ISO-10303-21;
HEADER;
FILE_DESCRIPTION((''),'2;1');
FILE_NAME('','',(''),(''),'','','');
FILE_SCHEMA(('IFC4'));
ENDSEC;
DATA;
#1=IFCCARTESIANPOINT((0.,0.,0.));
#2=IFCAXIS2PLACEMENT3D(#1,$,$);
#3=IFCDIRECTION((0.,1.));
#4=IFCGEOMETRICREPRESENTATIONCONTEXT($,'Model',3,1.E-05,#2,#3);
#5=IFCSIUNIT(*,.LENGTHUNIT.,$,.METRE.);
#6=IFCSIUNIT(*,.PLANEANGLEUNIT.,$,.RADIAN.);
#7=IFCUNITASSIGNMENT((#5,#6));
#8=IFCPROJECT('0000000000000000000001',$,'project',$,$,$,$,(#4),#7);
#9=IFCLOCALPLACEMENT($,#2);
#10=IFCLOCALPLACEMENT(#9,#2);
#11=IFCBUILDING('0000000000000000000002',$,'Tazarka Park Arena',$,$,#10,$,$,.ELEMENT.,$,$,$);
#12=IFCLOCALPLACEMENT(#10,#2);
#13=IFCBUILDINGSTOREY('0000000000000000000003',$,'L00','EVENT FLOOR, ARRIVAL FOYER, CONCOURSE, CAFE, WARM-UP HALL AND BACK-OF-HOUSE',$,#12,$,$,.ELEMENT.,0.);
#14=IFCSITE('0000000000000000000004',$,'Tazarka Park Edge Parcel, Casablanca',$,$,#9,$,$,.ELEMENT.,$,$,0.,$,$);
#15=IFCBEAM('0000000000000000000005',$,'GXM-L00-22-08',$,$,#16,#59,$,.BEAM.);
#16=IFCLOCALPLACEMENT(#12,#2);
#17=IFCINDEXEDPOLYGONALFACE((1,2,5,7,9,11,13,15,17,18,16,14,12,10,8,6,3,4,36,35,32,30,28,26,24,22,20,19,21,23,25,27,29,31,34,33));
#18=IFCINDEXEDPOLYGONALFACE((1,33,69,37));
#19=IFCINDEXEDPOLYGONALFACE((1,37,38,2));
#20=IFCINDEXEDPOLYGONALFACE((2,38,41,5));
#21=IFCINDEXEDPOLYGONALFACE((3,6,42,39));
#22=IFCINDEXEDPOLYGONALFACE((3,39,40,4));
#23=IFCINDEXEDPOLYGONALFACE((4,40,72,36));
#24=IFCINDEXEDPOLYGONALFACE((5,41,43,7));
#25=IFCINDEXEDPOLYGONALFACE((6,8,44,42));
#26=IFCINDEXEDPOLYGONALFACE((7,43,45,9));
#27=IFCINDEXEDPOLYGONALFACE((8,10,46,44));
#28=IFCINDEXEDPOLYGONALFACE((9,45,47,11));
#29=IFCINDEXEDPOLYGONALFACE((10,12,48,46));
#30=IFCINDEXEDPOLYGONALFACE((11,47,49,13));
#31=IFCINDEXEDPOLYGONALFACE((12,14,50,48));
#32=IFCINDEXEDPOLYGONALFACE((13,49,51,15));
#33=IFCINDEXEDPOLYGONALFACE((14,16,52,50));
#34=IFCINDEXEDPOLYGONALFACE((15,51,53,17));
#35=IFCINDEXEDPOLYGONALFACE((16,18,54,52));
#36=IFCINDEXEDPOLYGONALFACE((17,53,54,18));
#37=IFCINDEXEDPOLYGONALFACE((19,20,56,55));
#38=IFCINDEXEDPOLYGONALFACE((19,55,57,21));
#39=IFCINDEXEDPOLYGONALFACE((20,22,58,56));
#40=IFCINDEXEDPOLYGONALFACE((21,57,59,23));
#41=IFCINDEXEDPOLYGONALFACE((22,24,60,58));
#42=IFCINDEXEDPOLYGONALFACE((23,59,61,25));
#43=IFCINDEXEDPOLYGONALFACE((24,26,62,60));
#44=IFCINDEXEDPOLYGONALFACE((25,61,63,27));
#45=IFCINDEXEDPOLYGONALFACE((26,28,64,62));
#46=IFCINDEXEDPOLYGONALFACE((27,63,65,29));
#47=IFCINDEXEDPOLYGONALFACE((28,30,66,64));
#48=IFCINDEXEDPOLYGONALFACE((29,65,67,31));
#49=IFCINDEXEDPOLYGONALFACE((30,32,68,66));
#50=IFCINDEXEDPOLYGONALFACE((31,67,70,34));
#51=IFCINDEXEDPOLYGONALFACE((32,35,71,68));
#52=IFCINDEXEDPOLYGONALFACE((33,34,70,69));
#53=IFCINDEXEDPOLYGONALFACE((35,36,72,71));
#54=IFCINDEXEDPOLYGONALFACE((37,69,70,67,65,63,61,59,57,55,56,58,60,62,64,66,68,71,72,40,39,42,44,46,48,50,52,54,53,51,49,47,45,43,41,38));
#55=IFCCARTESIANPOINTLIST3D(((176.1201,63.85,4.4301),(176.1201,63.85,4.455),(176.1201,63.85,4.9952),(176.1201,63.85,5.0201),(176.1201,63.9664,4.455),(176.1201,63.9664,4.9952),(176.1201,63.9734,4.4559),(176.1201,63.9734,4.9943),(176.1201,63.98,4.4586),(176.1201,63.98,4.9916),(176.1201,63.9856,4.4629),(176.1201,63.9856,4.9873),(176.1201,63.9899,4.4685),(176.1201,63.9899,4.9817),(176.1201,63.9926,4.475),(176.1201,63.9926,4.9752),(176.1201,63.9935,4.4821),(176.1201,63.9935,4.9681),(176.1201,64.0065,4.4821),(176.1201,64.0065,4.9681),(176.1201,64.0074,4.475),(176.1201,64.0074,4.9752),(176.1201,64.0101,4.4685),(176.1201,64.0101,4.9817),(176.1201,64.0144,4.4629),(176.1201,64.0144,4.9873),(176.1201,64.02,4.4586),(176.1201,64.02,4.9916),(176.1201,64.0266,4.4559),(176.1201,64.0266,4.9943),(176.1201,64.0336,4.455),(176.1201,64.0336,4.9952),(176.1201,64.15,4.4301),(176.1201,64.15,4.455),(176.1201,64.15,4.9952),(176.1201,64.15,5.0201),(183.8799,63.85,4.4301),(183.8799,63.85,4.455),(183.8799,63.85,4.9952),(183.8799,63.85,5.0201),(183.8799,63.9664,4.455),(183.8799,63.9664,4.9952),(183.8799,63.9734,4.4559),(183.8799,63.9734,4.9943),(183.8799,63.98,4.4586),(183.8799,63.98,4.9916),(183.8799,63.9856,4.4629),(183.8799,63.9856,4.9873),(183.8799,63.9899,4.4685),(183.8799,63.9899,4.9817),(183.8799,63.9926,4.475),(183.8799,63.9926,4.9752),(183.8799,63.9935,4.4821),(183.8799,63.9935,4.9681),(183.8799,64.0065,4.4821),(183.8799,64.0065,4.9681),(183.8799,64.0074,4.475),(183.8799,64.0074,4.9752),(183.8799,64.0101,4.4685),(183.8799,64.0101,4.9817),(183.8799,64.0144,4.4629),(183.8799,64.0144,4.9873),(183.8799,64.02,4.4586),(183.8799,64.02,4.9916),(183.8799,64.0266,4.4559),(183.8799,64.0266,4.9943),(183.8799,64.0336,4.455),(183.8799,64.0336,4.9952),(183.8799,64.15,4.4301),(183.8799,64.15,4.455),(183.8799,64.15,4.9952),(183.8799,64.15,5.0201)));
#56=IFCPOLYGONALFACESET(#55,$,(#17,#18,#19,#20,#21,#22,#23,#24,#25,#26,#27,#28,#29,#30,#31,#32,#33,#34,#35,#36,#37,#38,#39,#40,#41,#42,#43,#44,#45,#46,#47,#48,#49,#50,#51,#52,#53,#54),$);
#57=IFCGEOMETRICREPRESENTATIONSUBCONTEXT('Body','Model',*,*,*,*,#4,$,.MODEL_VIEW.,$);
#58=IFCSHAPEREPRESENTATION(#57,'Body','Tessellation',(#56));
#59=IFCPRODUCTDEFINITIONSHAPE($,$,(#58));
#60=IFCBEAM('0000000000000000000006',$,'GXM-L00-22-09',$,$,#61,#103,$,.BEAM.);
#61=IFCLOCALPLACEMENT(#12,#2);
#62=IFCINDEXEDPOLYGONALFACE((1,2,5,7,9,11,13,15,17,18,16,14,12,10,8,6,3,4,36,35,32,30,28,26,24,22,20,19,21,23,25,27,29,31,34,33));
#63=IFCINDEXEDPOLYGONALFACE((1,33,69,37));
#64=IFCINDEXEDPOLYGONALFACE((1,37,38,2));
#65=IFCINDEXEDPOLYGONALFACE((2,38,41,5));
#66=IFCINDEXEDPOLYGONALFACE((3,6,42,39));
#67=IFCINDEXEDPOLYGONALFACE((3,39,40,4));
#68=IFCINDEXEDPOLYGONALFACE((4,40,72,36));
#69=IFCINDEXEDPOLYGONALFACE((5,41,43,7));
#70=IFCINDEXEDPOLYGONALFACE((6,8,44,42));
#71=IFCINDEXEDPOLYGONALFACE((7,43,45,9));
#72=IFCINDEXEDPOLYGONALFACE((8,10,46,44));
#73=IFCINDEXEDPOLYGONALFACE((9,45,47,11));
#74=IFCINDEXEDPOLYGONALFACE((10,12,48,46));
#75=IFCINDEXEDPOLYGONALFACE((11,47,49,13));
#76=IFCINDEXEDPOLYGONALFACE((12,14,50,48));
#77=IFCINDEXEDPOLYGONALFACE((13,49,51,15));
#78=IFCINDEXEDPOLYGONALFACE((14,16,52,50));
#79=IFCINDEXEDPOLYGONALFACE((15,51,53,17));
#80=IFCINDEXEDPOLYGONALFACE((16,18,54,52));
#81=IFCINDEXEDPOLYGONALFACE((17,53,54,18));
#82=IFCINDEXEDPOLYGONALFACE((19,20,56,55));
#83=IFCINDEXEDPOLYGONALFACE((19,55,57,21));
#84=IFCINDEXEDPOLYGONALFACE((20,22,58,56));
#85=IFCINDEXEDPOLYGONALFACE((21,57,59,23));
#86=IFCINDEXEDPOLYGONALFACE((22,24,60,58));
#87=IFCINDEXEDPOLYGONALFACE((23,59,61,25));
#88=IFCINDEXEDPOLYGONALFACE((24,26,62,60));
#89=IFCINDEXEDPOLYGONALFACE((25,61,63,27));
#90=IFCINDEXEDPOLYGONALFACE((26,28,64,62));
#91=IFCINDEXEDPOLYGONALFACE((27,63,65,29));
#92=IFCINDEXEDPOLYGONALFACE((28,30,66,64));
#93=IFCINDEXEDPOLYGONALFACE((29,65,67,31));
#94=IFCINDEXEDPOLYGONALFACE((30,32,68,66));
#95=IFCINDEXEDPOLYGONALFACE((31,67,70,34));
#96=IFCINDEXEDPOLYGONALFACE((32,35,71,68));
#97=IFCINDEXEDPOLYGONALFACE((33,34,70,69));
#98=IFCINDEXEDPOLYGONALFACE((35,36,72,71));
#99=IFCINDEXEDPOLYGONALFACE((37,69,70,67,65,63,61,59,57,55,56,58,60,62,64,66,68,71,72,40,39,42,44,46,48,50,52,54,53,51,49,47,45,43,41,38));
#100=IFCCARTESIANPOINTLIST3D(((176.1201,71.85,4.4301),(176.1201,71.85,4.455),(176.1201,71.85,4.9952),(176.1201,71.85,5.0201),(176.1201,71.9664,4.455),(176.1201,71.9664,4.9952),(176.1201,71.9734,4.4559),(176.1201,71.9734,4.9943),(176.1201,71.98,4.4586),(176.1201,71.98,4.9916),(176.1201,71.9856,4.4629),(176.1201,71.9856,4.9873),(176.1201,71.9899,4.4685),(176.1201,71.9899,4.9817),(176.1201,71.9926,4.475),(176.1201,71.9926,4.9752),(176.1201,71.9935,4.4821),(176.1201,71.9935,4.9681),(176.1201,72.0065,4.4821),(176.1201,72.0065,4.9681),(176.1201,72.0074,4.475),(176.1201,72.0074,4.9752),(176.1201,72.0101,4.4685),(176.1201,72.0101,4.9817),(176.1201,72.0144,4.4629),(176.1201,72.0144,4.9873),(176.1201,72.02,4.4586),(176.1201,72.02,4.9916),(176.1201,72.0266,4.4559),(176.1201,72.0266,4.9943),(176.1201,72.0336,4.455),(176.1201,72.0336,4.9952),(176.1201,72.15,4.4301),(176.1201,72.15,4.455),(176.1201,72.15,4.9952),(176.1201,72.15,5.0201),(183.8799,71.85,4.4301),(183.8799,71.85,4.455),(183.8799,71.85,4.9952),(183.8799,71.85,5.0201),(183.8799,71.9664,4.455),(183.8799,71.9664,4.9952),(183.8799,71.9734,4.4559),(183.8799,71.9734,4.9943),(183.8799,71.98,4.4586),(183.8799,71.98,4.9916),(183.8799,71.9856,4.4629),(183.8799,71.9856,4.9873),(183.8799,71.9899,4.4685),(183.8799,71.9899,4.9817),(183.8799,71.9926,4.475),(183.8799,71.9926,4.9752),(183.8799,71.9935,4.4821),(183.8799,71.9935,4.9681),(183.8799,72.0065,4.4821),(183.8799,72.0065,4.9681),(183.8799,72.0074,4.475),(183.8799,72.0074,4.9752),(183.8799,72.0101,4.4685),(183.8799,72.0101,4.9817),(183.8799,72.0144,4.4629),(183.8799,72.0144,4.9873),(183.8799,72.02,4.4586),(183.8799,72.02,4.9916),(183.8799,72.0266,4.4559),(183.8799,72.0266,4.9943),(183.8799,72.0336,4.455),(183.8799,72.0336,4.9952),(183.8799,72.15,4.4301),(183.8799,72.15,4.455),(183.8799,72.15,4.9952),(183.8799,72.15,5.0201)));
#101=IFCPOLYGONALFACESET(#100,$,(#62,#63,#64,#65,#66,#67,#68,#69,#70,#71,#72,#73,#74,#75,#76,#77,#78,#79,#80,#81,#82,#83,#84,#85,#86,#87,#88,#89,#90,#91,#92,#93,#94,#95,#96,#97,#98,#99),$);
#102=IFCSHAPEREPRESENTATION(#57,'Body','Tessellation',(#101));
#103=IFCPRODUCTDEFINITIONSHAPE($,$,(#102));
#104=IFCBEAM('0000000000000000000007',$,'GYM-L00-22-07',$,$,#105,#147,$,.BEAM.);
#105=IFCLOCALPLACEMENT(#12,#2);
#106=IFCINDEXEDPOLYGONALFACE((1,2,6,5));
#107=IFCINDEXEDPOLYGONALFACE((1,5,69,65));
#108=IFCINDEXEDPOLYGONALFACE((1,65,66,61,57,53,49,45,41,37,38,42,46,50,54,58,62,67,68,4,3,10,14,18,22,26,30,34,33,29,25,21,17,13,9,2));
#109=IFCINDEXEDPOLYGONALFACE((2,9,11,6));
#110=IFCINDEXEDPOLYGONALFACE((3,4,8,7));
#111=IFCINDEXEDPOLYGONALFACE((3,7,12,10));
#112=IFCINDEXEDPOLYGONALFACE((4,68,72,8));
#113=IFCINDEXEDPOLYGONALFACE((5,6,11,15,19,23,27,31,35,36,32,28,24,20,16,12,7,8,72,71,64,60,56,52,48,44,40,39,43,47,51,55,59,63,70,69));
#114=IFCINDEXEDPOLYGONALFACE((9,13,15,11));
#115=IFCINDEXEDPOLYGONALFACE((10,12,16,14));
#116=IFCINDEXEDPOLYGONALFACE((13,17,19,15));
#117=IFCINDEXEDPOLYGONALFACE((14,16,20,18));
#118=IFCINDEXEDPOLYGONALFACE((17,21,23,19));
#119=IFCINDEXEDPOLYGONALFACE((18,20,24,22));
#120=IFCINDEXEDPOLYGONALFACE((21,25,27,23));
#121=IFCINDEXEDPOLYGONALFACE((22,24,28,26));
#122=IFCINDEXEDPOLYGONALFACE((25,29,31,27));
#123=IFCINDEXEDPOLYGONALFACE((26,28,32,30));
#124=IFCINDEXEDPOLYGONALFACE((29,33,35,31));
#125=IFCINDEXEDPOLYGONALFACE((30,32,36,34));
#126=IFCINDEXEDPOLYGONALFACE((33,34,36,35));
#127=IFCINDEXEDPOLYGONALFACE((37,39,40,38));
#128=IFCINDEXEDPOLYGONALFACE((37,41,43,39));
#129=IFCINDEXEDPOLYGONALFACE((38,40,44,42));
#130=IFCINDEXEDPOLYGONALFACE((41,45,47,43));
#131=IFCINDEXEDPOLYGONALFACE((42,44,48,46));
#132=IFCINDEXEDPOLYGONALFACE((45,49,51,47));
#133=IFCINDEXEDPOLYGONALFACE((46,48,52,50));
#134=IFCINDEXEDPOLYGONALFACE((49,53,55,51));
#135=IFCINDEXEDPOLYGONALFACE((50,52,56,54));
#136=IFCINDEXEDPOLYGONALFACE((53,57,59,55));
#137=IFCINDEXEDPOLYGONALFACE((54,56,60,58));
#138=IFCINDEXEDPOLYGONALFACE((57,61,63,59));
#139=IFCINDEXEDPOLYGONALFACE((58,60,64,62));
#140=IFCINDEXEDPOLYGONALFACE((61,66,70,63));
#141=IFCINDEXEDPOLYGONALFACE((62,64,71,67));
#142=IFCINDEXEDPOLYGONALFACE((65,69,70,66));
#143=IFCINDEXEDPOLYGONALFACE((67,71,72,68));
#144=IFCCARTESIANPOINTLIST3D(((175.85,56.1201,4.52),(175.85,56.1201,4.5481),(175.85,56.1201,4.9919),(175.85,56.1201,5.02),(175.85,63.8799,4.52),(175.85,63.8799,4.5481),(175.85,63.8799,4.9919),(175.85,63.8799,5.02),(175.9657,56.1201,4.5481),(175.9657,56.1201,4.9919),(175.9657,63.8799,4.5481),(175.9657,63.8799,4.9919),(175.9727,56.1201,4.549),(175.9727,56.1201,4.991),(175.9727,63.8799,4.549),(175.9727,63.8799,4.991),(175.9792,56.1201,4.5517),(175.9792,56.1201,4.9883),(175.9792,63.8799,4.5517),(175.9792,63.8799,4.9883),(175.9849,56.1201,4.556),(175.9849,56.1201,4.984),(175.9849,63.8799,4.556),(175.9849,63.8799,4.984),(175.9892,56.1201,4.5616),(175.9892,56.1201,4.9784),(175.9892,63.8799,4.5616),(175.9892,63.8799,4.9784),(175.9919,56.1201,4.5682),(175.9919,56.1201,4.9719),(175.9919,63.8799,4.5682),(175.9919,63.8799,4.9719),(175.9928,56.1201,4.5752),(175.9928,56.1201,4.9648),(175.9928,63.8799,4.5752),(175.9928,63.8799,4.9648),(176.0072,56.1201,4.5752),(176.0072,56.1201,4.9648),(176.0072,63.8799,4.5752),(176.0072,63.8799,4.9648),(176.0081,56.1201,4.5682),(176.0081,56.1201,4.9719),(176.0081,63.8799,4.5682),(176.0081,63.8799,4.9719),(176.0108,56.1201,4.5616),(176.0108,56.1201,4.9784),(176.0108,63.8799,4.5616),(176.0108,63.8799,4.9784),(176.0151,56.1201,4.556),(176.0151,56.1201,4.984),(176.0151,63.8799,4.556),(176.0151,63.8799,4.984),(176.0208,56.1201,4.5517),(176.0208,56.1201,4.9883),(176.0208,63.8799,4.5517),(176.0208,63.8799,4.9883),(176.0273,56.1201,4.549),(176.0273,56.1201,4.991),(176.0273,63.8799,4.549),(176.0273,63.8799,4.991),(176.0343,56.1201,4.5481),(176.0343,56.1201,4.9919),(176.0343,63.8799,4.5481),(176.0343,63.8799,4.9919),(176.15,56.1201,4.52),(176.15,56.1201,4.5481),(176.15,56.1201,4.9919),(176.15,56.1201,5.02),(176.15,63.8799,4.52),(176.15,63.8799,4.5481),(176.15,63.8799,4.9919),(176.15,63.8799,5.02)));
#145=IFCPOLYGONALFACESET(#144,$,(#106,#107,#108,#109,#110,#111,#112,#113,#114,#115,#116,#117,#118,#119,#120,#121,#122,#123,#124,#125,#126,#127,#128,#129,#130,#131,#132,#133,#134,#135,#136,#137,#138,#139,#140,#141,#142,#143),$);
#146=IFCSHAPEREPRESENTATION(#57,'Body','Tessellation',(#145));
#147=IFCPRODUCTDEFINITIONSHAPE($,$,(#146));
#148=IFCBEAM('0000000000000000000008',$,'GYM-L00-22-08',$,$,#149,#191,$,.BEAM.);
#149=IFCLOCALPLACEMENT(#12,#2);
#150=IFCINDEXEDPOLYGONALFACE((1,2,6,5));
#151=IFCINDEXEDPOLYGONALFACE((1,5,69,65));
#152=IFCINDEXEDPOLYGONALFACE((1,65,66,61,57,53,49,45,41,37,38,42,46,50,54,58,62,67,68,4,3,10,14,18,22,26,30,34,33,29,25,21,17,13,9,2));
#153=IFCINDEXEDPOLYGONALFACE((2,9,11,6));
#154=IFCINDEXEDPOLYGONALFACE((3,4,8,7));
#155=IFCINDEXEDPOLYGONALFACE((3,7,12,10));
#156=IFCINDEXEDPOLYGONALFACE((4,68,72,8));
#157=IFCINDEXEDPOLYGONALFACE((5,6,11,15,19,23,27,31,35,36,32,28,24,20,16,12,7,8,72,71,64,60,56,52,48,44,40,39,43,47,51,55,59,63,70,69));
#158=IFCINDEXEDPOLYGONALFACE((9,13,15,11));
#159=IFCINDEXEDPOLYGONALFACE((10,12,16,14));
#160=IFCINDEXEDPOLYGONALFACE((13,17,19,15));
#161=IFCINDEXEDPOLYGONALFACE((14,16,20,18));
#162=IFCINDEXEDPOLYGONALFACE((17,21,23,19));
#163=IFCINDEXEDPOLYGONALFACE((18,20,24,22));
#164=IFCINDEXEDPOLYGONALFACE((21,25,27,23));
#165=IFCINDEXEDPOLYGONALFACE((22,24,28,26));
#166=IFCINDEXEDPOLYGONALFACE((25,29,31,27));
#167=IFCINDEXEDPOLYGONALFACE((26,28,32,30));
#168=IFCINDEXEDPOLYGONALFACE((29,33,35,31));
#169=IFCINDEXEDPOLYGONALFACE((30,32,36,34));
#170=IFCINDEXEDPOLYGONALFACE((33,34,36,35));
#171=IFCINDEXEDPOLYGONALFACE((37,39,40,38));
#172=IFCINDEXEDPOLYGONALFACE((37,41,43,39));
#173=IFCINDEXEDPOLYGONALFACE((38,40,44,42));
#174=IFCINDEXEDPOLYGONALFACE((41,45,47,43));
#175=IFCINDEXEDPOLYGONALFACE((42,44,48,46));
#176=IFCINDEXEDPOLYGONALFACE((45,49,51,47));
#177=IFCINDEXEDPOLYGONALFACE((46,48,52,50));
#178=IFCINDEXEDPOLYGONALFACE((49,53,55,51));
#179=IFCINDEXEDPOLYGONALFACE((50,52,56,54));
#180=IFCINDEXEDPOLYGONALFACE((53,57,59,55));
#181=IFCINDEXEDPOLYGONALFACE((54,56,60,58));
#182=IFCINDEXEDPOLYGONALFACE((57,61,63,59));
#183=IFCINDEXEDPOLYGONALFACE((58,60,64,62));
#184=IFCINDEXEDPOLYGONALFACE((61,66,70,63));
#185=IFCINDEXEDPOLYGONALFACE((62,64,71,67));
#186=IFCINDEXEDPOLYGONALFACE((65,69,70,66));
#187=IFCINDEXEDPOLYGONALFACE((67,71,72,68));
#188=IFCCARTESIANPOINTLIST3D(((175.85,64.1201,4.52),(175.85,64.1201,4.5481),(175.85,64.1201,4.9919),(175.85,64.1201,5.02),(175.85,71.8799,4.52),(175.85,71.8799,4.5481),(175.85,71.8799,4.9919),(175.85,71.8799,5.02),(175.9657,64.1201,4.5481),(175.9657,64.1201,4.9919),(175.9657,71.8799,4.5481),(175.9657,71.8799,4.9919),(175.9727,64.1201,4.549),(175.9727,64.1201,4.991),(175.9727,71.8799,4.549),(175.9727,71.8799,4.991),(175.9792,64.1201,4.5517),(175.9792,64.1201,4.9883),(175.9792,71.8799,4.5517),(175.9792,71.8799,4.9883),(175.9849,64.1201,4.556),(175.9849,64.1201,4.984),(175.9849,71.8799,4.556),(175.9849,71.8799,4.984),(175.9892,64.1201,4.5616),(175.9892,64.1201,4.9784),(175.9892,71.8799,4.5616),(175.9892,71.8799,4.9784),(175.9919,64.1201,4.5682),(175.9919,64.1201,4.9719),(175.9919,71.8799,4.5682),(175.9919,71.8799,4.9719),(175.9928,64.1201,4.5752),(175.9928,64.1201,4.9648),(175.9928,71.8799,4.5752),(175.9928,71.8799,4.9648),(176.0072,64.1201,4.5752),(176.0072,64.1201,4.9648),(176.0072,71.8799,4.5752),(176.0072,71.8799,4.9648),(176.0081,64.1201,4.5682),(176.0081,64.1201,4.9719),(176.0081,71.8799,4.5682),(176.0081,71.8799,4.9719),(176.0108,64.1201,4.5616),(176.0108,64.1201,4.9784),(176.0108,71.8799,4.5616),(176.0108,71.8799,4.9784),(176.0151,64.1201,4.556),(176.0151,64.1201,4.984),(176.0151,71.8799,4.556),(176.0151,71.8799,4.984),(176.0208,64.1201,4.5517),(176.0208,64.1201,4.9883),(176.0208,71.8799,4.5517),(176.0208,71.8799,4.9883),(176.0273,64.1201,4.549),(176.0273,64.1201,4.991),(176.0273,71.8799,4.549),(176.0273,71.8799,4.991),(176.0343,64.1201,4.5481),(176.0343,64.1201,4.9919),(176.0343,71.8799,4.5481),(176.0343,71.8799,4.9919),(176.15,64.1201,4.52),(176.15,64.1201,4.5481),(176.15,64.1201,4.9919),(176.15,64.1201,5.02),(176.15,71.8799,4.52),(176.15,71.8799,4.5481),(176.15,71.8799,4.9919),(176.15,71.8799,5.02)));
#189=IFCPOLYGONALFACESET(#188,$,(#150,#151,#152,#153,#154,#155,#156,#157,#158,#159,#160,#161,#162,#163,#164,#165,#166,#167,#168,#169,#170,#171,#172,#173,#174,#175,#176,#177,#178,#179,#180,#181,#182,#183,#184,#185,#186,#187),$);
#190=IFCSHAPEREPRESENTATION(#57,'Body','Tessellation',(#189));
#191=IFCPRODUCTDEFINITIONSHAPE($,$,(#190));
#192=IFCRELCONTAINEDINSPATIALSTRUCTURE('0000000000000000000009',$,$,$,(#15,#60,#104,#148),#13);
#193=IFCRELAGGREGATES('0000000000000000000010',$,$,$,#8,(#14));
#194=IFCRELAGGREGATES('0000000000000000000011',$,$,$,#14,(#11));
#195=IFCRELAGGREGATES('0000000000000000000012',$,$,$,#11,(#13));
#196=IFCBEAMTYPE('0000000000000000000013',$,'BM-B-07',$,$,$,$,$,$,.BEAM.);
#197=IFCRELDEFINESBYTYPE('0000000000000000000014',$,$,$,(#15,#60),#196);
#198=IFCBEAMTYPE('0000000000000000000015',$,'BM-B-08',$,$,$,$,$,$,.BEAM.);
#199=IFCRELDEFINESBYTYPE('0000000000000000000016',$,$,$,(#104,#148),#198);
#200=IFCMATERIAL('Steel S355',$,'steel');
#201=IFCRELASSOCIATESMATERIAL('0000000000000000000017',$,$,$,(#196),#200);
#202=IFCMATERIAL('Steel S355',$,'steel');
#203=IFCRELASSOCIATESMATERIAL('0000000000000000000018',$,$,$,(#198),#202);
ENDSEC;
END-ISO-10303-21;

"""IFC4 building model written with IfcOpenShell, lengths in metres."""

from ifc_helpers import new_model, si_unit, direction, frame, origin, origin_2d, place, context, subcontext, project, spatial, i_section, extrude, material, material_profile, profile_set, type_object, element, save


model = new_model("IFC4")

# Units and contexts
model_context = context("Model", 3, precision=1e-05, world=origin(), true_north=direction((0.0, 1.0)))
body_context = subcontext(model_context, "Body", "Model", "MODEL_VIEW")
ifc_project = project(units=[si_unit("LENGTHUNIT", "METRE"), si_unit("PLANEANGLEUNIT", "RADIAN")], contexts=[model_context])

# Site, building, storey
site_placement = place(None, origin())
site = spatial("IfcSite", under=ifc_project, at=site_placement, Name="Tazarka Park Edge Parcel, Casablanca", CompositionType="ELEMENT", RefElevation=0.0)
building_placement = place(site_placement, origin())
building = spatial("IfcBuilding", under=site, at=building_placement, Name="Tazarka Park Arena", CompositionType="ELEMENT")
storey_placement = place(building_placement, origin())
storey = spatial("IfcBuildingStorey", under=building, at=storey_placement, Name="L00", Description="EVENT FLOOR, ARRIVAL FOYER, CONCOURSE, CAFE, WARM-UP HALL AND BACK-OF-HOUSE", CompositionType="ELEMENT", Elevation=0.0)

# Beams
ifc_material_1 = material(Name="Steel S355", Category="steel")
ifc_material_profile_1 = material_profile(ifc_material_1, i_section(OverallWidth=0.3, OverallDepth=0.5901, WebThickness=0.0129, FlangeThickness=0.0249, FilletRadius=0.0271, at=origin_2d()), Name="Steel S355")
ifc_profile_set_1 = profile_set([ifc_material_profile_1], Name="Steel S355")
beam_type_1 = type_object("IfcBeamType", Name="BM-B-07", PredefinedType="BEAM", material=ifc_profile_set_1)
for number, where, z_axis, x_axis, name in (
    (1, (176.1201, 64.0, 4.7251), (1.0, 0.0, 0.0), (0.0, 1.0, 0.0), "GXM-L00-22-08"),
    (2, (176.1201, 72.0, 4.7251), (1.0, 0.0, 0.0), (0.0, 1.0, 0.0), "GXM-L00-22-09"),
):
    element("IfcBeam", number, at=place(storey_placement, frame(where, z_axis=z_axis, x_axis=x_axis)), inside=storey, type_object=beam_type_1, Name=name, PredefinedType="BEAM", context=body_context, shape_type="SweptSolid", body=[
        extrude(i_section(OverallWidth=0.3, OverallDepth=0.5901, WebThickness=0.0129, FlangeThickness=0.0249, FilletRadius=0.0271, at=origin_2d()), origin(), (0.0, 0.0, 1.0), 7.7598),
    ])
ifc_material_2 = material(Name="Steel S355", Category="steel")
ifc_material_profile_2 = material_profile(ifc_material_2, i_section(OverallWidth=0.3, OverallDepth=0.5, WebThickness=0.0144, FlangeThickness=0.0281, FilletRadius=0.0271, at=origin_2d()), Name="Steel S355")
ifc_profile_set_2 = profile_set([ifc_material_profile_2], Name="Steel S355")
beam_type_2 = type_object("IfcBeamType", Name="BM-B-08", PredefinedType="BEAM", material=ifc_profile_set_2)
for number, where, z_axis, x_axis, name in (
    (3, (176.0, 56.1201, 4.77), (0.0, 1.0, 0.0), (-1.0, 0.0, 0.0), "GYM-L00-22-07"),
    (4, (176.0, 64.1201, 4.77), (0.0, 1.0, 0.0), (-1.0, 0.0, 0.0), "GYM-L00-22-08"),
):
    element("IfcBeam", number, at=place(storey_placement, frame(where, z_axis=z_axis, x_axis=x_axis)), inside=storey, type_object=beam_type_2, Name=name, PredefinedType="BEAM", context=body_context, shape_type="SweptSolid", body=[
        extrude(i_section(OverallWidth=0.3, OverallDepth=0.5, WebThickness=0.0144, FlangeThickness=0.0281, FilletRadius=0.0271, at=origin_2d()), origin(), (0.0, 0.0, 1.0), 7.7598),
    ])

save(model, "model.ifc")
